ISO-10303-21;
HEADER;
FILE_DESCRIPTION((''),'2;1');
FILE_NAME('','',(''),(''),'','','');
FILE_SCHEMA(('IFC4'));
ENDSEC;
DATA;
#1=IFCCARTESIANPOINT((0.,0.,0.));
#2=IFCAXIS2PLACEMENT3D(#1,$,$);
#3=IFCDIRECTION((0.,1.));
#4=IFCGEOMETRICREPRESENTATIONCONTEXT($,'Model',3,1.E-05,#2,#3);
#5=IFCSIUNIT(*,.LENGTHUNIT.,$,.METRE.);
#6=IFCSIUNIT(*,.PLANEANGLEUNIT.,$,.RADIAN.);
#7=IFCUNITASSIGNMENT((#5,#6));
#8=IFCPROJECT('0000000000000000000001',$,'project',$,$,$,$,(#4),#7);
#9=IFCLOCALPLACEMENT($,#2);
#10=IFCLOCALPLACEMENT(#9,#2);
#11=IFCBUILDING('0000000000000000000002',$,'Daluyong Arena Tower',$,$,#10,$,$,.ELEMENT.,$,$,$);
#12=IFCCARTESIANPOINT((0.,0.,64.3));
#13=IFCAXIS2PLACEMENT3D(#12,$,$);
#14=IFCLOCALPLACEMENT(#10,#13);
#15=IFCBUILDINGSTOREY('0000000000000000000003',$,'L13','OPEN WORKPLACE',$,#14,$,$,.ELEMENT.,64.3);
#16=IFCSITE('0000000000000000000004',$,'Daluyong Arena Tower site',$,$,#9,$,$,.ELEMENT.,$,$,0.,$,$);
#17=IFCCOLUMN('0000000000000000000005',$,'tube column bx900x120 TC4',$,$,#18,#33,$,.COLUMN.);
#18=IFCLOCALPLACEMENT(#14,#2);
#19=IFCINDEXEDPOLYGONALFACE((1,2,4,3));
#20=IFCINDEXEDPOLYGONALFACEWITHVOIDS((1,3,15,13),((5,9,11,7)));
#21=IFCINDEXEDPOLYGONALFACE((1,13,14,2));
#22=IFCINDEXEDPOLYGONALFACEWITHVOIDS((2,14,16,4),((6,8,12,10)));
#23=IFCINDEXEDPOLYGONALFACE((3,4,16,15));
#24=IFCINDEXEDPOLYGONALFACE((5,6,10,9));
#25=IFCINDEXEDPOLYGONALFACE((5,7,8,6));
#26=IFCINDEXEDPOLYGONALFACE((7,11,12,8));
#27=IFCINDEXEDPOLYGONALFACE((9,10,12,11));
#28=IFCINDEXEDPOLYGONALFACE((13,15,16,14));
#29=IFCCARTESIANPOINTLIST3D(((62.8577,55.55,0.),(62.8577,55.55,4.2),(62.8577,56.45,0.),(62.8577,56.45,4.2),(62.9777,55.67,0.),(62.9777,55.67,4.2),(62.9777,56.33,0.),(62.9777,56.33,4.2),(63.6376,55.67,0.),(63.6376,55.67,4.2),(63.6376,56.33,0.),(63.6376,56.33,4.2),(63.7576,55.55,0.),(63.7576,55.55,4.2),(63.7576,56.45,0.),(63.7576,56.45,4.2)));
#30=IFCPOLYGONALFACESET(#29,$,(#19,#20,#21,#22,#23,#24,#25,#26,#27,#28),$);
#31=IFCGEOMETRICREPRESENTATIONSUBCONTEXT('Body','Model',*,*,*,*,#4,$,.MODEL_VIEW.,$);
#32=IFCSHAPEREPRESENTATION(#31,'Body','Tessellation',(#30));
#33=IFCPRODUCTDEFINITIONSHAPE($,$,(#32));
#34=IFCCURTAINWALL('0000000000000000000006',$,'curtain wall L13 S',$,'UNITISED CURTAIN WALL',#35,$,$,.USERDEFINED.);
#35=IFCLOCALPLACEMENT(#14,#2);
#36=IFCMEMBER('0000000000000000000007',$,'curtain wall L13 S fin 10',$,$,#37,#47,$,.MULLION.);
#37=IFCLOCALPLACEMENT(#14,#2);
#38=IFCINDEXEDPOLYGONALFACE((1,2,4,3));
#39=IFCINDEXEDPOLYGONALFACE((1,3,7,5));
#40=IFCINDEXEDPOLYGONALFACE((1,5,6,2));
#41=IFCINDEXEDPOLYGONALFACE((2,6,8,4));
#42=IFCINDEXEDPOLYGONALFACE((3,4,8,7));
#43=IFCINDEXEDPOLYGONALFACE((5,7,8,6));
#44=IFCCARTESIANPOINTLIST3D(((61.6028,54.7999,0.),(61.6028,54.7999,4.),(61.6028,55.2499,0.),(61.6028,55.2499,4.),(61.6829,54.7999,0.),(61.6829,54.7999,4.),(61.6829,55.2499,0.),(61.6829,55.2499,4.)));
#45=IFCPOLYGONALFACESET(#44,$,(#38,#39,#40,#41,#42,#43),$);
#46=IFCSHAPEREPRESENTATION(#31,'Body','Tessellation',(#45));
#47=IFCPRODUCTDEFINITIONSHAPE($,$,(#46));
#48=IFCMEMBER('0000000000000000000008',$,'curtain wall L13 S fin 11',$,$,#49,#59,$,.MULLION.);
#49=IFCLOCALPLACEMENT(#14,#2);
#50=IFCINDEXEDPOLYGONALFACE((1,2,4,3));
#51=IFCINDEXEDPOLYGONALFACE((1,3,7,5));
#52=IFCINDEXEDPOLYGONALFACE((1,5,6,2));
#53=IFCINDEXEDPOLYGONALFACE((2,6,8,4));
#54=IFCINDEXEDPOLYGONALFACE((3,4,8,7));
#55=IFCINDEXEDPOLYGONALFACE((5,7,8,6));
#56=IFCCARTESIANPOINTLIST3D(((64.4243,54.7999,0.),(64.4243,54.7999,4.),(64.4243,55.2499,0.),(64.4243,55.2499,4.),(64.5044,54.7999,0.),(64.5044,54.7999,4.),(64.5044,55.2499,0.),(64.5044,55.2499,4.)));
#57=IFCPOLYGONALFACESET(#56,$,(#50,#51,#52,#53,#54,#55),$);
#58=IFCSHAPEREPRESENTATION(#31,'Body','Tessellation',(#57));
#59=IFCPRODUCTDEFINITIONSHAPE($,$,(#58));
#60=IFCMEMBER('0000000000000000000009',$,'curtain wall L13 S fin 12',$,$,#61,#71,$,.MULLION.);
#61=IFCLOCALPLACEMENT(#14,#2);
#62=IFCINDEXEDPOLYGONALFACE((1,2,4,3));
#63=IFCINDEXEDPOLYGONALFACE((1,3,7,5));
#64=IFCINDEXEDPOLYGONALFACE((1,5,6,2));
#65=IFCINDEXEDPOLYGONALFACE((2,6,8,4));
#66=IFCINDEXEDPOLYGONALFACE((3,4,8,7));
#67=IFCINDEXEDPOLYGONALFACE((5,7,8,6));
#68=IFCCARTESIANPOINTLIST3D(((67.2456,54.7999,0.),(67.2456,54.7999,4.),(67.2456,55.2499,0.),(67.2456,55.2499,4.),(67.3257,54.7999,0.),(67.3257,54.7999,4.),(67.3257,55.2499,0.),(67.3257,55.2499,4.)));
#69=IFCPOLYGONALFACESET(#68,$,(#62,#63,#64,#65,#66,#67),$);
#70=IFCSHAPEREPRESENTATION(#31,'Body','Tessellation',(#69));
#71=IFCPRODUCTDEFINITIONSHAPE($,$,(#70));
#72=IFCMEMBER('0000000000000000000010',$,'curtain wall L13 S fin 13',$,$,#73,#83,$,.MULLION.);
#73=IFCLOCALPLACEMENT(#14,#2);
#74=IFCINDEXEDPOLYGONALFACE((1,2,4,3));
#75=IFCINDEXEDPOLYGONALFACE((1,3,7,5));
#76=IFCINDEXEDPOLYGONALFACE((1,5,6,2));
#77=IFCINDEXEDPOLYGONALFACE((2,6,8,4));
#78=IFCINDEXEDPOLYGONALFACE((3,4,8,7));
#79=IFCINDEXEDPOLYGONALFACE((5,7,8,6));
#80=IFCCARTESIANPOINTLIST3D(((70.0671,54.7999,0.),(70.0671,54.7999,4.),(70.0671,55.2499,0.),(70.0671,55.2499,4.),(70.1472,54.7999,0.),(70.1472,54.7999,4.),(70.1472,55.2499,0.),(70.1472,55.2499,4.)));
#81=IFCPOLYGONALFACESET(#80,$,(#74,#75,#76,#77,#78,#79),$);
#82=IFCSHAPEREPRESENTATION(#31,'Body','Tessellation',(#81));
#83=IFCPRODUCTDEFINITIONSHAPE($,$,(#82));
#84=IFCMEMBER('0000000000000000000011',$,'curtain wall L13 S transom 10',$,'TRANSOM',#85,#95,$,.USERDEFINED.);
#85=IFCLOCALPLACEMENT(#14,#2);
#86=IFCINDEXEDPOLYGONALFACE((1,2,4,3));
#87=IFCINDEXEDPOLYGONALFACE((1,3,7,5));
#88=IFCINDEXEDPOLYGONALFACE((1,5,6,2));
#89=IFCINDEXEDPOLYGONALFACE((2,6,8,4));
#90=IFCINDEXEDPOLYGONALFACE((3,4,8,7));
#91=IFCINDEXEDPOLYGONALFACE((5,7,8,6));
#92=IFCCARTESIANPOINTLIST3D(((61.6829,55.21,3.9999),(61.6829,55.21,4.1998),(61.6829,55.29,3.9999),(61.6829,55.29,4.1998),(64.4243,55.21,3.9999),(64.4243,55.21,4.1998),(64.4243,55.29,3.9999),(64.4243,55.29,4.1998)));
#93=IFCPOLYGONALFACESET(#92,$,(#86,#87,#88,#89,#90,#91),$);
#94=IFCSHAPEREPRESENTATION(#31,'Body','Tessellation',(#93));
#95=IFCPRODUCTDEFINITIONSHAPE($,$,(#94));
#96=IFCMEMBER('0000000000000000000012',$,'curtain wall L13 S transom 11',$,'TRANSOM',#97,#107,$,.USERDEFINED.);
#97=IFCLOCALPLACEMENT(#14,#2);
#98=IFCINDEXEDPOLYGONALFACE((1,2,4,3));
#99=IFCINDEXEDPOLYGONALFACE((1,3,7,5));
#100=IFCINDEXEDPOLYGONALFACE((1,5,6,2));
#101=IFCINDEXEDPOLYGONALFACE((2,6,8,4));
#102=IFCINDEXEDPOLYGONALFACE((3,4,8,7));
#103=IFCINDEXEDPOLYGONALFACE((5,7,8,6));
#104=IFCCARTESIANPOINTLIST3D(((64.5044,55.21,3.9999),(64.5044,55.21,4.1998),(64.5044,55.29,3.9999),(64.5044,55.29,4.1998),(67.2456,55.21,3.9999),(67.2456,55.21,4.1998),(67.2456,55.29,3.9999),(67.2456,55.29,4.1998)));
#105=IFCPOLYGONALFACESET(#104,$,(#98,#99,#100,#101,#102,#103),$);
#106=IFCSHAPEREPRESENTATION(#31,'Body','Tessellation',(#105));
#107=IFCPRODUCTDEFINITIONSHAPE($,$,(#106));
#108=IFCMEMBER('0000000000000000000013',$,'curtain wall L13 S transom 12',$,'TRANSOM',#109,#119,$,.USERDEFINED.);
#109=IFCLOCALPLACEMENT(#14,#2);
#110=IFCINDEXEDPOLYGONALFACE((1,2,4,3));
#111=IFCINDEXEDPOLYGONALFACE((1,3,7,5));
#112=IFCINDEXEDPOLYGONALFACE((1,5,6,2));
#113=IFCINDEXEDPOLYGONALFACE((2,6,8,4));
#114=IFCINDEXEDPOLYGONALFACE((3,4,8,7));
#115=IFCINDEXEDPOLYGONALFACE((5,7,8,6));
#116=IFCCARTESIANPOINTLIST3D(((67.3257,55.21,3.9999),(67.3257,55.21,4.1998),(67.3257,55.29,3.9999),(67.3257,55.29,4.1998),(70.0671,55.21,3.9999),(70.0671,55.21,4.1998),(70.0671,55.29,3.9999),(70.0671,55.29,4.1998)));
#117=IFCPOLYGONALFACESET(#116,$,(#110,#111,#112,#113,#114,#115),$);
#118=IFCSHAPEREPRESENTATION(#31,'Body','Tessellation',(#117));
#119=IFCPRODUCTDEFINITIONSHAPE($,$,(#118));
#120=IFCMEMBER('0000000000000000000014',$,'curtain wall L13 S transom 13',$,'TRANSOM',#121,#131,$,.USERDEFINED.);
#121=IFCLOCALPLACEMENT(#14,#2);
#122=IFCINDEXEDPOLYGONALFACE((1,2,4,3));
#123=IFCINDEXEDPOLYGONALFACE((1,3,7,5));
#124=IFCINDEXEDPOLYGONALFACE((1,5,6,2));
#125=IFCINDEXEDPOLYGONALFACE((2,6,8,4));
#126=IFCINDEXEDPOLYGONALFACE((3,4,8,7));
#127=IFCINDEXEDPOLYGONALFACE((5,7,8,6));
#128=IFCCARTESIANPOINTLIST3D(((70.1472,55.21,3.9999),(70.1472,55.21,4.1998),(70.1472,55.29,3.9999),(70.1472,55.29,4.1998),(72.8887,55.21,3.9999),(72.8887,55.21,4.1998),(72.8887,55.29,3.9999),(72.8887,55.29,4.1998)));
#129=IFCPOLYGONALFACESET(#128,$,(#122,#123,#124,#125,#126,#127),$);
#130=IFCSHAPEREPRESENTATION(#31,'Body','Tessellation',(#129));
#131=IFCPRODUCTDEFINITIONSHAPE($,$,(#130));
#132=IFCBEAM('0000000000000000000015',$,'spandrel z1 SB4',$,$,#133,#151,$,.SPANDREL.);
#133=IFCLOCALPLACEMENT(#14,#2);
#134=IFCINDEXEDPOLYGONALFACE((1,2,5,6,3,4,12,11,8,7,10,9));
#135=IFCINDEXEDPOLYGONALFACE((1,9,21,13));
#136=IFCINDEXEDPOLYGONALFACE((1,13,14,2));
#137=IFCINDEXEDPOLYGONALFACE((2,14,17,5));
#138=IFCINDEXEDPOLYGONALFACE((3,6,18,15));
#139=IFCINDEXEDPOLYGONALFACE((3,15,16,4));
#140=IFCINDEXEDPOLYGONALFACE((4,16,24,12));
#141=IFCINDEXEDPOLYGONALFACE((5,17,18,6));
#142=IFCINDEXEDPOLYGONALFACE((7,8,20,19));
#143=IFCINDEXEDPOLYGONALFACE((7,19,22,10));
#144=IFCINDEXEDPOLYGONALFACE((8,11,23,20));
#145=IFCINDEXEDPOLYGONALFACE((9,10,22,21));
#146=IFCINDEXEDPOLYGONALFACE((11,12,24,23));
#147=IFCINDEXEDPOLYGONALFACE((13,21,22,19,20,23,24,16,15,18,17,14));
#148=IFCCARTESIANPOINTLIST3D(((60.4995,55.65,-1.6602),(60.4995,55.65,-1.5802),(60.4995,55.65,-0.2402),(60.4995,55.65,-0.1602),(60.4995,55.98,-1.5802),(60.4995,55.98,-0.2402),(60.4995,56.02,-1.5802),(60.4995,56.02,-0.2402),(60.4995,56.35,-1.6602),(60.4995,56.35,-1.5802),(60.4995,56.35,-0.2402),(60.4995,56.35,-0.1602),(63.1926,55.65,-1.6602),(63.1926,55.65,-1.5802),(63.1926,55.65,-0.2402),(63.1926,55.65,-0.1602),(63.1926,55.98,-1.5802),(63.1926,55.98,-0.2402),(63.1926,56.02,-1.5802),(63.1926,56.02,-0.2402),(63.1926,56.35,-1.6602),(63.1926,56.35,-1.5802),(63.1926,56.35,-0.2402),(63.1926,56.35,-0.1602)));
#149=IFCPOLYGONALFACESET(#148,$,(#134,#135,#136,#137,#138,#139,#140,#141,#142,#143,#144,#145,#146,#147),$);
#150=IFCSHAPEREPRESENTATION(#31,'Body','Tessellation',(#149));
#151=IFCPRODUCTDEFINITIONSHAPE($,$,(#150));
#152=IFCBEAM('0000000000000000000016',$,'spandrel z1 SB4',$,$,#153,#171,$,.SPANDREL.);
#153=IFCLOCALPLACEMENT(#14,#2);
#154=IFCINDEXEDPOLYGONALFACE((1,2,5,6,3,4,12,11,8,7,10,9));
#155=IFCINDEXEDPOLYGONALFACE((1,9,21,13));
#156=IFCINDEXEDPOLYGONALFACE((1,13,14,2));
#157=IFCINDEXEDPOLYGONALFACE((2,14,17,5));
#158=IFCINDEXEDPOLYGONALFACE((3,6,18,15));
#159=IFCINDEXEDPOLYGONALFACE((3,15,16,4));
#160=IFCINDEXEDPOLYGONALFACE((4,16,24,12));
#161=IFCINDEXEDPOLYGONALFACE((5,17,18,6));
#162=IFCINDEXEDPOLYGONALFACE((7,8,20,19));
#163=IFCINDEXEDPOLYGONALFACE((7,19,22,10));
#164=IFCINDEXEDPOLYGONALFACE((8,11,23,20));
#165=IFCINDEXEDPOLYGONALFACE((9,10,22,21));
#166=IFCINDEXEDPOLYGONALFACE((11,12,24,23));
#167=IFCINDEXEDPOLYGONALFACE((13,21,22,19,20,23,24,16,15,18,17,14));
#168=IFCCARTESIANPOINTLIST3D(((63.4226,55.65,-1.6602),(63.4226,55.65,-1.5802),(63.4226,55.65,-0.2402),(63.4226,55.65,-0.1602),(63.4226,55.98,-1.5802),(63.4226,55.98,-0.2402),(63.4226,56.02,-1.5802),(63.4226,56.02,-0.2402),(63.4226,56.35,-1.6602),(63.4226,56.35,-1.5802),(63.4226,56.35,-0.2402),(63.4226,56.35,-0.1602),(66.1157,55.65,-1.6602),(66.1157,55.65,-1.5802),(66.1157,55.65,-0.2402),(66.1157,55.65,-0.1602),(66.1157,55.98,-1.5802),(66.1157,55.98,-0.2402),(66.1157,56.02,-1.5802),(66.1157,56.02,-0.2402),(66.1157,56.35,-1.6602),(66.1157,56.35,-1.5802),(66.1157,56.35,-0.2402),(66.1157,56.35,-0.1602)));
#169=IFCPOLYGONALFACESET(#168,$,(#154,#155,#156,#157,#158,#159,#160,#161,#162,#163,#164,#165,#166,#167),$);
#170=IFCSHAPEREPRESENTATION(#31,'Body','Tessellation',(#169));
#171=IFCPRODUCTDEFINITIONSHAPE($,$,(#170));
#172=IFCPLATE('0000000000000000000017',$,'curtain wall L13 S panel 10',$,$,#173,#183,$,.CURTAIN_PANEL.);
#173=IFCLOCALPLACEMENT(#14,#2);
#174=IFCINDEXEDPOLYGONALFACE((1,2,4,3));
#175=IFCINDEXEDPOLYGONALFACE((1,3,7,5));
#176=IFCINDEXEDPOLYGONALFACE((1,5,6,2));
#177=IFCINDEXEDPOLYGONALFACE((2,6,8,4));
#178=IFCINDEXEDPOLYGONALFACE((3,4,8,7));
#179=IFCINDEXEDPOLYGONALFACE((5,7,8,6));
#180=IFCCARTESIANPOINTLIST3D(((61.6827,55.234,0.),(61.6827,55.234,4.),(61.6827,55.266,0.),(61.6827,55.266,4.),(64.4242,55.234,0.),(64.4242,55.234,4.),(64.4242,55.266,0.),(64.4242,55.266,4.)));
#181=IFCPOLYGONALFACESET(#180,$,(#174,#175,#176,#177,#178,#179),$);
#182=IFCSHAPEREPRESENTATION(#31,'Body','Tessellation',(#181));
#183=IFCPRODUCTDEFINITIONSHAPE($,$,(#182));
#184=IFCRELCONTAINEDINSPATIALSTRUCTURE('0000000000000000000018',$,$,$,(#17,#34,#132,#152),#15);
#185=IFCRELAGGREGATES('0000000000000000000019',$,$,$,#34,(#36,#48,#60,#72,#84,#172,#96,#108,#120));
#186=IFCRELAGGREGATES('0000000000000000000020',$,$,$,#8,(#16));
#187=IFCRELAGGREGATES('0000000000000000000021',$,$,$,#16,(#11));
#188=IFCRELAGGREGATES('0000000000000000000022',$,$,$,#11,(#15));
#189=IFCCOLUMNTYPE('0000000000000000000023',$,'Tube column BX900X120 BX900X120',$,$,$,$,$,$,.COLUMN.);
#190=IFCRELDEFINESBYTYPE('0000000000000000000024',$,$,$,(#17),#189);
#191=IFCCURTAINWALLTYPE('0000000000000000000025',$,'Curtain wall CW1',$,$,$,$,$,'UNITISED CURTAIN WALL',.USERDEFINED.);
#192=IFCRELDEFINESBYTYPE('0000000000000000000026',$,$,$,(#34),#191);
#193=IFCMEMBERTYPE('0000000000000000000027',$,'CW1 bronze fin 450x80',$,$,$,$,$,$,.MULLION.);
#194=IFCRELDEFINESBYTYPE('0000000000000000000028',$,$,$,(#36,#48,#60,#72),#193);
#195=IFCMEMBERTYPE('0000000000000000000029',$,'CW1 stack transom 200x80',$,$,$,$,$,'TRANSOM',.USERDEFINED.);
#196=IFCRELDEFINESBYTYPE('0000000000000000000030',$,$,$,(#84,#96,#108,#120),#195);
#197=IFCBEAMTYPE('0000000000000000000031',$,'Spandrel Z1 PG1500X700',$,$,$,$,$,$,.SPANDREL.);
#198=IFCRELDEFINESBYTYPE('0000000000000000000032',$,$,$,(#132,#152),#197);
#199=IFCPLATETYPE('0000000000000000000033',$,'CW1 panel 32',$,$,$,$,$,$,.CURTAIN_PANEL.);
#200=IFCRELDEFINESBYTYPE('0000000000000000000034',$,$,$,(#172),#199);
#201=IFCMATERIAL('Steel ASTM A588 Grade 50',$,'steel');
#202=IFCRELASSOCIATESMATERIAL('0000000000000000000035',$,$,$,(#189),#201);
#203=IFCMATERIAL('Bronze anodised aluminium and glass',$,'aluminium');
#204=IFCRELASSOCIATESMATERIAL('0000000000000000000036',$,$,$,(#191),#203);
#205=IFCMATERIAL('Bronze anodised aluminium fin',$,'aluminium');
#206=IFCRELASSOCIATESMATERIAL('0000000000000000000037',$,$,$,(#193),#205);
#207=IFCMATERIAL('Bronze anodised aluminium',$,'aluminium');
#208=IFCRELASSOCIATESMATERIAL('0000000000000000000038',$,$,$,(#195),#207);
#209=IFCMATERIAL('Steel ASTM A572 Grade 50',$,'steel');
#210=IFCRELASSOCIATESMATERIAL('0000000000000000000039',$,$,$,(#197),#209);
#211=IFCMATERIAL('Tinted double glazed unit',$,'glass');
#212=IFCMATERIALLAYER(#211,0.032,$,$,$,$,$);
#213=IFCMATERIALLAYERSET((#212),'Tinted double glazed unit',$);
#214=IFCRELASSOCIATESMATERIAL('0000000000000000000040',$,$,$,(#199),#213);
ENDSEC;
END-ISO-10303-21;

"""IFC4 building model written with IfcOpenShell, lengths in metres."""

from ifc_helpers import new_model, si_unit, direction, frame, origin, origin_2d, place, context, subcontext, project, spatial, rectangle, hollow_rectangle, i_section, extrude, material, layer, layer_set, material_profile, profile_set, type_object, element, aggregate, save


model = new_model("IFC4")

# Units and contexts
model_context = context("Model", 3, precision=1e-05, world=origin(), true_north=direction((0.0, 1.0)))
body_context = subcontext(model_context, "Body", "Model", "MODEL_VIEW")
ifc_project = project(units=[si_unit("LENGTHUNIT", "METRE"), si_unit("PLANEANGLEUNIT", "RADIAN")], contexts=[model_context])

# Site, building, storey
site_placement = place(None, origin())
site = spatial("IfcSite", under=ifc_project, at=site_placement, Name="Daluyong Arena Tower site", CompositionType="ELEMENT", RefElevation=0.0)
building_placement = place(site_placement, origin())
building = spatial("IfcBuilding", under=site, at=building_placement, Name="Daluyong Arena Tower", CompositionType="ELEMENT")
storey_placement = place(building_placement, frame((0.0, 0.0, 64.3)))
storey = spatial("IfcBuildingStorey", under=building, at=storey_placement, Name="L13", Description="OPEN WORKPLACE", CompositionType="ELEMENT", Elevation=64.3)

# Column
ifc_material_1 = material(Name="Steel ASTM A588 Grade 50", Category="steel")
ifc_material_profile_1 = material_profile(ifc_material_1, hollow_rectangle(XDim=0.8999, YDim=0.8999, WallThickness=0.12, at=origin_2d()))
ifc_profile_set_1 = profile_set([ifc_material_profile_1], Name="Steel ASTM A588 Grade 50")
column_type = type_object("IfcColumnType", Name="Tube column BX900X120 BX900X120", PredefinedType="COLUMN", material=ifc_profile_set_1)
column_placement = place(storey_placement, frame((63.3076, 56.0, 0.0), z_axis=(0.0, 0.0, 1.0), x_axis=(1.0, 0.0, 0.0)))
element("IfcColumn", 1, at=column_placement, inside=storey, type_object=column_type, Name="tube column bx900x120 TC4", PredefinedType="COLUMN", context=body_context, shape_type="SweptSolid", body=[
    extrude(hollow_rectangle(XDim=0.8999, YDim=0.8999, WallThickness=0.12, at=origin_2d()), origin(), (0.0, 0.0, 1.0), 4.2),
])

# Curtain wall, members
ifc_material_2 = material(Name="Bronze anodised aluminium and glass", Category="aluminium")
curtain_wall_type = type_object("IfcCurtainWallType", Name="Curtain wall CW1", ElementType="UNITISED CURTAIN WALL", PredefinedType="USERDEFINED", material=ifc_material_2)
curtain_wall_placement = place(storey_placement, origin())
curtain_wall = element("IfcCurtainWall", 2, at=curtain_wall_placement, inside=storey, type_object=curtain_wall_type, Name="curtain wall L13 S", ObjectType="UNITISED CURTAIN WALL", PredefinedType="USERDEFINED")
ifc_material_3 = material(Name="Bronze anodised aluminium fin", Category="aluminium")
ifc_material_profile_2 = material_profile(ifc_material_3, rectangle(XDim=0.45, YDim=0.0801, at=origin_2d()))
ifc_profile_set_2 = profile_set([ifc_material_profile_2], Name="Bronze anodised aluminium fin")
member_type_1 = type_object("IfcMemberType", Name="CW1 bronze fin 450x80", PredefinedType="MULLION", material=ifc_profile_set_2)
member_1_placement = place(storey_placement, frame((61.6428, 55.0249, 0.0), z_axis=(0.0, 0.0, 1.0), x_axis=(0.0, 1.0, 0.0)))
member_1 = element("IfcMember", 3, at=member_1_placement, type_object=member_type_1, Name="curtain wall L13 S fin 10", PredefinedType="MULLION", context=body_context, shape_type="SweptSolid", body=[
    extrude(rectangle(XDim=0.45, YDim=0.0801, at=origin_2d()), origin(), (0.0, 0.0, 1.0), 4.0),
])
member_2_placement = place(storey_placement, frame((64.4644, 55.0249, 0.0), z_axis=(0.0, 0.0, 1.0), x_axis=(0.0, 1.0, 0.0)))
member_2 = element("IfcMember", 4, at=member_2_placement, type_object=member_type_1, Name="curtain wall L13 S fin 11", PredefinedType="MULLION", context=body_context, shape_type="SweptSolid", body=[
    extrude(rectangle(XDim=0.45, YDim=0.0801, at=origin_2d()), origin(), (0.0, 0.0, 1.0), 4.0),
])
member_3_placement = place(storey_placement, frame((67.2856, 55.0249, 0.0), z_axis=(0.0, 0.0, 1.0), x_axis=(0.0, 1.0, 0.0)))
member_3 = element("IfcMember", 5, at=member_3_placement, type_object=member_type_1, Name="curtain wall L13 S fin 12", PredefinedType="MULLION", context=body_context, shape_type="SweptSolid", body=[
    extrude(rectangle(XDim=0.45, YDim=0.0801, at=origin_2d()), origin(), (0.0, 0.0, 1.0), 4.0),
])
member_4_placement = place(storey_placement, frame((70.1072, 55.0249, 0.0), z_axis=(0.0, 0.0, 1.0), x_axis=(0.0, 1.0, 0.0)))
member_4 = element("IfcMember", 6, at=member_4_placement, type_object=member_type_1, Name="curtain wall L13 S fin 13", PredefinedType="MULLION", context=body_context, shape_type="SweptSolid", body=[
    extrude(rectangle(XDim=0.45, YDim=0.0801, at=origin_2d()), origin(), (0.0, 0.0, 1.0), 4.0),
])
ifc_material_4 = material(Name="Bronze anodised aluminium", Category="aluminium")
ifc_material_profile_3 = material_profile(ifc_material_4, rectangle(XDim=0.0801, YDim=0.2, at=origin_2d()))
ifc_profile_set_3 = profile_set([ifc_material_profile_3], Name="Bronze anodised aluminium")
member_type_2 = type_object("IfcMemberType", Name="CW1 stack transom 200x80", ElementType="TRANSOM", PredefinedType="USERDEFINED", material=ifc_profile_set_3)
member_5_placement = place(storey_placement, frame((61.6829, 55.25, 4.0999), z_axis=(1.0, 0.0, 0.0), x_axis=(0.0, 1.0, 0.0)))
member_5 = element("IfcMember", 7, at=member_5_placement, type_object=member_type_2, Name="curtain wall L13 S transom 10", ObjectType="TRANSOM", PredefinedType="USERDEFINED", context=body_context, shape_type="SweptSolid", body=[
    extrude(rectangle(XDim=0.0801, YDim=0.2, at=origin_2d()), origin(), (0.0, 0.0, 1.0), 2.7415),
])
member_6_placement = place(storey_placement, frame((64.5044, 55.25, 4.0999), z_axis=(1.0, 0.0, 0.0), x_axis=(0.0, 1.0, 0.0)))
member_6 = element("IfcMember", 8, at=member_6_placement, type_object=member_type_2, Name="curtain wall L13 S transom 11", ObjectType="TRANSOM", PredefinedType="USERDEFINED", context=body_context, shape_type="SweptSolid", body=[
    extrude(rectangle(XDim=0.0801, YDim=0.2, at=origin_2d()), origin(), (0.0, 0.0, 1.0), 2.7412),
])
member_7_placement = place(storey_placement, frame((67.3257, 55.25, 4.0999), z_axis=(1.0, 0.0, 0.0), x_axis=(0.0, 1.0, 0.0)))
member_7 = element("IfcMember", 9, at=member_7_placement, type_object=member_type_2, Name="curtain wall L13 S transom 12", ObjectType="TRANSOM", PredefinedType="USERDEFINED", context=body_context, shape_type="SweptSolid", body=[
    extrude(rectangle(XDim=0.0801, YDim=0.2, at=origin_2d()), origin(), (0.0, 0.0, 1.0), 2.7415),
])
member_8_placement = place(storey_placement, frame((70.1472, 55.25, 4.0999), z_axis=(1.0, 0.0, 0.0), x_axis=(0.0, 1.0, 0.0)))
member_8 = element("IfcMember", 10, at=member_8_placement, type_object=member_type_2, Name="curtain wall L13 S transom 13", ObjectType="TRANSOM", PredefinedType="USERDEFINED", context=body_context, shape_type="SweptSolid", body=[
    extrude(rectangle(XDim=0.0801, YDim=0.2, at=origin_2d()), origin(), (0.0, 0.0, 1.0), 2.7415),
])

# Beams
ifc_material_5 = material(Name="Steel ASTM A572 Grade 50", Category="steel")
ifc_material_profile_4 = material_profile(ifc_material_5, i_section(OverallWidth=0.7, OverallDepth=1.5, WebThickness=0.04, FlangeThickness=0.08, at=origin_2d()))
ifc_profile_set_4 = profile_set([ifc_material_profile_4], Name="Steel ASTM A572 Grade 50")
beam_type = type_object("IfcBeamType", Name="Spandrel Z1 PG1500X700", PredefinedType="SPANDREL", material=ifc_profile_set_4)
for number, where, z_axis, x_axis, name in (
    (11, (60.4995, 56.0, -0.9102), (1.0, 0.0, 0.0), (0.0, 1.0, 0.0), "spandrel z1 SB4"),
    (12, (63.4226, 56.0, -0.9102), (1.0, 0.0, 0.0), (0.0, 1.0, 0.0), "spandrel z1 SB4"),
):
    element("IfcBeam", number, at=place(storey_placement, frame(where, z_axis=z_axis, x_axis=x_axis)), inside=storey, type_object=beam_type, Name=name, PredefinedType="SPANDREL", context=body_context, shape_type="SweptSolid", body=[
        extrude(i_section(OverallWidth=0.7, OverallDepth=1.5, WebThickness=0.04, FlangeThickness=0.08, at=origin_2d()), origin(), (0.0, 0.0, 1.0), 2.6931),
    ])

# Plate
ifc_material_6 = material(Name="Tinted double glazed unit", Category="glass")
ifc_layer = layer(ifc_material_6, 0.032)
ifc_layer_set = layer_set([ifc_layer], Name="Tinted double glazed unit")
plate_type = type_object("IfcPlateType", Name="CW1 panel 32", PredefinedType="CURTAIN_PANEL", material=ifc_layer_set)
plate_1_placement = place(storey_placement, frame((63.0535, 55.25, 0.0), z_axis=(0.0, 0.0, 1.0), x_axis=(1.0, 0.0, 0.0)))
plate_1 = element("IfcPlate", 13, at=plate_1_placement, type_object=plate_type, Name="curtain wall L13 S panel 10", PredefinedType="CURTAIN_PANEL", context=body_context, shape_type="SweptSolid", body=[
    extrude(rectangle(XDim=2.7415, YDim=0.032, at=origin_2d()), origin(), (0.0, 0.0, 1.0), 4.0),
])
aggregate(curtain_wall, [member_1, member_2, member_3, member_4, member_5, plate_1, member_6, member_7, member_8])

save(model, "model.ifc")
